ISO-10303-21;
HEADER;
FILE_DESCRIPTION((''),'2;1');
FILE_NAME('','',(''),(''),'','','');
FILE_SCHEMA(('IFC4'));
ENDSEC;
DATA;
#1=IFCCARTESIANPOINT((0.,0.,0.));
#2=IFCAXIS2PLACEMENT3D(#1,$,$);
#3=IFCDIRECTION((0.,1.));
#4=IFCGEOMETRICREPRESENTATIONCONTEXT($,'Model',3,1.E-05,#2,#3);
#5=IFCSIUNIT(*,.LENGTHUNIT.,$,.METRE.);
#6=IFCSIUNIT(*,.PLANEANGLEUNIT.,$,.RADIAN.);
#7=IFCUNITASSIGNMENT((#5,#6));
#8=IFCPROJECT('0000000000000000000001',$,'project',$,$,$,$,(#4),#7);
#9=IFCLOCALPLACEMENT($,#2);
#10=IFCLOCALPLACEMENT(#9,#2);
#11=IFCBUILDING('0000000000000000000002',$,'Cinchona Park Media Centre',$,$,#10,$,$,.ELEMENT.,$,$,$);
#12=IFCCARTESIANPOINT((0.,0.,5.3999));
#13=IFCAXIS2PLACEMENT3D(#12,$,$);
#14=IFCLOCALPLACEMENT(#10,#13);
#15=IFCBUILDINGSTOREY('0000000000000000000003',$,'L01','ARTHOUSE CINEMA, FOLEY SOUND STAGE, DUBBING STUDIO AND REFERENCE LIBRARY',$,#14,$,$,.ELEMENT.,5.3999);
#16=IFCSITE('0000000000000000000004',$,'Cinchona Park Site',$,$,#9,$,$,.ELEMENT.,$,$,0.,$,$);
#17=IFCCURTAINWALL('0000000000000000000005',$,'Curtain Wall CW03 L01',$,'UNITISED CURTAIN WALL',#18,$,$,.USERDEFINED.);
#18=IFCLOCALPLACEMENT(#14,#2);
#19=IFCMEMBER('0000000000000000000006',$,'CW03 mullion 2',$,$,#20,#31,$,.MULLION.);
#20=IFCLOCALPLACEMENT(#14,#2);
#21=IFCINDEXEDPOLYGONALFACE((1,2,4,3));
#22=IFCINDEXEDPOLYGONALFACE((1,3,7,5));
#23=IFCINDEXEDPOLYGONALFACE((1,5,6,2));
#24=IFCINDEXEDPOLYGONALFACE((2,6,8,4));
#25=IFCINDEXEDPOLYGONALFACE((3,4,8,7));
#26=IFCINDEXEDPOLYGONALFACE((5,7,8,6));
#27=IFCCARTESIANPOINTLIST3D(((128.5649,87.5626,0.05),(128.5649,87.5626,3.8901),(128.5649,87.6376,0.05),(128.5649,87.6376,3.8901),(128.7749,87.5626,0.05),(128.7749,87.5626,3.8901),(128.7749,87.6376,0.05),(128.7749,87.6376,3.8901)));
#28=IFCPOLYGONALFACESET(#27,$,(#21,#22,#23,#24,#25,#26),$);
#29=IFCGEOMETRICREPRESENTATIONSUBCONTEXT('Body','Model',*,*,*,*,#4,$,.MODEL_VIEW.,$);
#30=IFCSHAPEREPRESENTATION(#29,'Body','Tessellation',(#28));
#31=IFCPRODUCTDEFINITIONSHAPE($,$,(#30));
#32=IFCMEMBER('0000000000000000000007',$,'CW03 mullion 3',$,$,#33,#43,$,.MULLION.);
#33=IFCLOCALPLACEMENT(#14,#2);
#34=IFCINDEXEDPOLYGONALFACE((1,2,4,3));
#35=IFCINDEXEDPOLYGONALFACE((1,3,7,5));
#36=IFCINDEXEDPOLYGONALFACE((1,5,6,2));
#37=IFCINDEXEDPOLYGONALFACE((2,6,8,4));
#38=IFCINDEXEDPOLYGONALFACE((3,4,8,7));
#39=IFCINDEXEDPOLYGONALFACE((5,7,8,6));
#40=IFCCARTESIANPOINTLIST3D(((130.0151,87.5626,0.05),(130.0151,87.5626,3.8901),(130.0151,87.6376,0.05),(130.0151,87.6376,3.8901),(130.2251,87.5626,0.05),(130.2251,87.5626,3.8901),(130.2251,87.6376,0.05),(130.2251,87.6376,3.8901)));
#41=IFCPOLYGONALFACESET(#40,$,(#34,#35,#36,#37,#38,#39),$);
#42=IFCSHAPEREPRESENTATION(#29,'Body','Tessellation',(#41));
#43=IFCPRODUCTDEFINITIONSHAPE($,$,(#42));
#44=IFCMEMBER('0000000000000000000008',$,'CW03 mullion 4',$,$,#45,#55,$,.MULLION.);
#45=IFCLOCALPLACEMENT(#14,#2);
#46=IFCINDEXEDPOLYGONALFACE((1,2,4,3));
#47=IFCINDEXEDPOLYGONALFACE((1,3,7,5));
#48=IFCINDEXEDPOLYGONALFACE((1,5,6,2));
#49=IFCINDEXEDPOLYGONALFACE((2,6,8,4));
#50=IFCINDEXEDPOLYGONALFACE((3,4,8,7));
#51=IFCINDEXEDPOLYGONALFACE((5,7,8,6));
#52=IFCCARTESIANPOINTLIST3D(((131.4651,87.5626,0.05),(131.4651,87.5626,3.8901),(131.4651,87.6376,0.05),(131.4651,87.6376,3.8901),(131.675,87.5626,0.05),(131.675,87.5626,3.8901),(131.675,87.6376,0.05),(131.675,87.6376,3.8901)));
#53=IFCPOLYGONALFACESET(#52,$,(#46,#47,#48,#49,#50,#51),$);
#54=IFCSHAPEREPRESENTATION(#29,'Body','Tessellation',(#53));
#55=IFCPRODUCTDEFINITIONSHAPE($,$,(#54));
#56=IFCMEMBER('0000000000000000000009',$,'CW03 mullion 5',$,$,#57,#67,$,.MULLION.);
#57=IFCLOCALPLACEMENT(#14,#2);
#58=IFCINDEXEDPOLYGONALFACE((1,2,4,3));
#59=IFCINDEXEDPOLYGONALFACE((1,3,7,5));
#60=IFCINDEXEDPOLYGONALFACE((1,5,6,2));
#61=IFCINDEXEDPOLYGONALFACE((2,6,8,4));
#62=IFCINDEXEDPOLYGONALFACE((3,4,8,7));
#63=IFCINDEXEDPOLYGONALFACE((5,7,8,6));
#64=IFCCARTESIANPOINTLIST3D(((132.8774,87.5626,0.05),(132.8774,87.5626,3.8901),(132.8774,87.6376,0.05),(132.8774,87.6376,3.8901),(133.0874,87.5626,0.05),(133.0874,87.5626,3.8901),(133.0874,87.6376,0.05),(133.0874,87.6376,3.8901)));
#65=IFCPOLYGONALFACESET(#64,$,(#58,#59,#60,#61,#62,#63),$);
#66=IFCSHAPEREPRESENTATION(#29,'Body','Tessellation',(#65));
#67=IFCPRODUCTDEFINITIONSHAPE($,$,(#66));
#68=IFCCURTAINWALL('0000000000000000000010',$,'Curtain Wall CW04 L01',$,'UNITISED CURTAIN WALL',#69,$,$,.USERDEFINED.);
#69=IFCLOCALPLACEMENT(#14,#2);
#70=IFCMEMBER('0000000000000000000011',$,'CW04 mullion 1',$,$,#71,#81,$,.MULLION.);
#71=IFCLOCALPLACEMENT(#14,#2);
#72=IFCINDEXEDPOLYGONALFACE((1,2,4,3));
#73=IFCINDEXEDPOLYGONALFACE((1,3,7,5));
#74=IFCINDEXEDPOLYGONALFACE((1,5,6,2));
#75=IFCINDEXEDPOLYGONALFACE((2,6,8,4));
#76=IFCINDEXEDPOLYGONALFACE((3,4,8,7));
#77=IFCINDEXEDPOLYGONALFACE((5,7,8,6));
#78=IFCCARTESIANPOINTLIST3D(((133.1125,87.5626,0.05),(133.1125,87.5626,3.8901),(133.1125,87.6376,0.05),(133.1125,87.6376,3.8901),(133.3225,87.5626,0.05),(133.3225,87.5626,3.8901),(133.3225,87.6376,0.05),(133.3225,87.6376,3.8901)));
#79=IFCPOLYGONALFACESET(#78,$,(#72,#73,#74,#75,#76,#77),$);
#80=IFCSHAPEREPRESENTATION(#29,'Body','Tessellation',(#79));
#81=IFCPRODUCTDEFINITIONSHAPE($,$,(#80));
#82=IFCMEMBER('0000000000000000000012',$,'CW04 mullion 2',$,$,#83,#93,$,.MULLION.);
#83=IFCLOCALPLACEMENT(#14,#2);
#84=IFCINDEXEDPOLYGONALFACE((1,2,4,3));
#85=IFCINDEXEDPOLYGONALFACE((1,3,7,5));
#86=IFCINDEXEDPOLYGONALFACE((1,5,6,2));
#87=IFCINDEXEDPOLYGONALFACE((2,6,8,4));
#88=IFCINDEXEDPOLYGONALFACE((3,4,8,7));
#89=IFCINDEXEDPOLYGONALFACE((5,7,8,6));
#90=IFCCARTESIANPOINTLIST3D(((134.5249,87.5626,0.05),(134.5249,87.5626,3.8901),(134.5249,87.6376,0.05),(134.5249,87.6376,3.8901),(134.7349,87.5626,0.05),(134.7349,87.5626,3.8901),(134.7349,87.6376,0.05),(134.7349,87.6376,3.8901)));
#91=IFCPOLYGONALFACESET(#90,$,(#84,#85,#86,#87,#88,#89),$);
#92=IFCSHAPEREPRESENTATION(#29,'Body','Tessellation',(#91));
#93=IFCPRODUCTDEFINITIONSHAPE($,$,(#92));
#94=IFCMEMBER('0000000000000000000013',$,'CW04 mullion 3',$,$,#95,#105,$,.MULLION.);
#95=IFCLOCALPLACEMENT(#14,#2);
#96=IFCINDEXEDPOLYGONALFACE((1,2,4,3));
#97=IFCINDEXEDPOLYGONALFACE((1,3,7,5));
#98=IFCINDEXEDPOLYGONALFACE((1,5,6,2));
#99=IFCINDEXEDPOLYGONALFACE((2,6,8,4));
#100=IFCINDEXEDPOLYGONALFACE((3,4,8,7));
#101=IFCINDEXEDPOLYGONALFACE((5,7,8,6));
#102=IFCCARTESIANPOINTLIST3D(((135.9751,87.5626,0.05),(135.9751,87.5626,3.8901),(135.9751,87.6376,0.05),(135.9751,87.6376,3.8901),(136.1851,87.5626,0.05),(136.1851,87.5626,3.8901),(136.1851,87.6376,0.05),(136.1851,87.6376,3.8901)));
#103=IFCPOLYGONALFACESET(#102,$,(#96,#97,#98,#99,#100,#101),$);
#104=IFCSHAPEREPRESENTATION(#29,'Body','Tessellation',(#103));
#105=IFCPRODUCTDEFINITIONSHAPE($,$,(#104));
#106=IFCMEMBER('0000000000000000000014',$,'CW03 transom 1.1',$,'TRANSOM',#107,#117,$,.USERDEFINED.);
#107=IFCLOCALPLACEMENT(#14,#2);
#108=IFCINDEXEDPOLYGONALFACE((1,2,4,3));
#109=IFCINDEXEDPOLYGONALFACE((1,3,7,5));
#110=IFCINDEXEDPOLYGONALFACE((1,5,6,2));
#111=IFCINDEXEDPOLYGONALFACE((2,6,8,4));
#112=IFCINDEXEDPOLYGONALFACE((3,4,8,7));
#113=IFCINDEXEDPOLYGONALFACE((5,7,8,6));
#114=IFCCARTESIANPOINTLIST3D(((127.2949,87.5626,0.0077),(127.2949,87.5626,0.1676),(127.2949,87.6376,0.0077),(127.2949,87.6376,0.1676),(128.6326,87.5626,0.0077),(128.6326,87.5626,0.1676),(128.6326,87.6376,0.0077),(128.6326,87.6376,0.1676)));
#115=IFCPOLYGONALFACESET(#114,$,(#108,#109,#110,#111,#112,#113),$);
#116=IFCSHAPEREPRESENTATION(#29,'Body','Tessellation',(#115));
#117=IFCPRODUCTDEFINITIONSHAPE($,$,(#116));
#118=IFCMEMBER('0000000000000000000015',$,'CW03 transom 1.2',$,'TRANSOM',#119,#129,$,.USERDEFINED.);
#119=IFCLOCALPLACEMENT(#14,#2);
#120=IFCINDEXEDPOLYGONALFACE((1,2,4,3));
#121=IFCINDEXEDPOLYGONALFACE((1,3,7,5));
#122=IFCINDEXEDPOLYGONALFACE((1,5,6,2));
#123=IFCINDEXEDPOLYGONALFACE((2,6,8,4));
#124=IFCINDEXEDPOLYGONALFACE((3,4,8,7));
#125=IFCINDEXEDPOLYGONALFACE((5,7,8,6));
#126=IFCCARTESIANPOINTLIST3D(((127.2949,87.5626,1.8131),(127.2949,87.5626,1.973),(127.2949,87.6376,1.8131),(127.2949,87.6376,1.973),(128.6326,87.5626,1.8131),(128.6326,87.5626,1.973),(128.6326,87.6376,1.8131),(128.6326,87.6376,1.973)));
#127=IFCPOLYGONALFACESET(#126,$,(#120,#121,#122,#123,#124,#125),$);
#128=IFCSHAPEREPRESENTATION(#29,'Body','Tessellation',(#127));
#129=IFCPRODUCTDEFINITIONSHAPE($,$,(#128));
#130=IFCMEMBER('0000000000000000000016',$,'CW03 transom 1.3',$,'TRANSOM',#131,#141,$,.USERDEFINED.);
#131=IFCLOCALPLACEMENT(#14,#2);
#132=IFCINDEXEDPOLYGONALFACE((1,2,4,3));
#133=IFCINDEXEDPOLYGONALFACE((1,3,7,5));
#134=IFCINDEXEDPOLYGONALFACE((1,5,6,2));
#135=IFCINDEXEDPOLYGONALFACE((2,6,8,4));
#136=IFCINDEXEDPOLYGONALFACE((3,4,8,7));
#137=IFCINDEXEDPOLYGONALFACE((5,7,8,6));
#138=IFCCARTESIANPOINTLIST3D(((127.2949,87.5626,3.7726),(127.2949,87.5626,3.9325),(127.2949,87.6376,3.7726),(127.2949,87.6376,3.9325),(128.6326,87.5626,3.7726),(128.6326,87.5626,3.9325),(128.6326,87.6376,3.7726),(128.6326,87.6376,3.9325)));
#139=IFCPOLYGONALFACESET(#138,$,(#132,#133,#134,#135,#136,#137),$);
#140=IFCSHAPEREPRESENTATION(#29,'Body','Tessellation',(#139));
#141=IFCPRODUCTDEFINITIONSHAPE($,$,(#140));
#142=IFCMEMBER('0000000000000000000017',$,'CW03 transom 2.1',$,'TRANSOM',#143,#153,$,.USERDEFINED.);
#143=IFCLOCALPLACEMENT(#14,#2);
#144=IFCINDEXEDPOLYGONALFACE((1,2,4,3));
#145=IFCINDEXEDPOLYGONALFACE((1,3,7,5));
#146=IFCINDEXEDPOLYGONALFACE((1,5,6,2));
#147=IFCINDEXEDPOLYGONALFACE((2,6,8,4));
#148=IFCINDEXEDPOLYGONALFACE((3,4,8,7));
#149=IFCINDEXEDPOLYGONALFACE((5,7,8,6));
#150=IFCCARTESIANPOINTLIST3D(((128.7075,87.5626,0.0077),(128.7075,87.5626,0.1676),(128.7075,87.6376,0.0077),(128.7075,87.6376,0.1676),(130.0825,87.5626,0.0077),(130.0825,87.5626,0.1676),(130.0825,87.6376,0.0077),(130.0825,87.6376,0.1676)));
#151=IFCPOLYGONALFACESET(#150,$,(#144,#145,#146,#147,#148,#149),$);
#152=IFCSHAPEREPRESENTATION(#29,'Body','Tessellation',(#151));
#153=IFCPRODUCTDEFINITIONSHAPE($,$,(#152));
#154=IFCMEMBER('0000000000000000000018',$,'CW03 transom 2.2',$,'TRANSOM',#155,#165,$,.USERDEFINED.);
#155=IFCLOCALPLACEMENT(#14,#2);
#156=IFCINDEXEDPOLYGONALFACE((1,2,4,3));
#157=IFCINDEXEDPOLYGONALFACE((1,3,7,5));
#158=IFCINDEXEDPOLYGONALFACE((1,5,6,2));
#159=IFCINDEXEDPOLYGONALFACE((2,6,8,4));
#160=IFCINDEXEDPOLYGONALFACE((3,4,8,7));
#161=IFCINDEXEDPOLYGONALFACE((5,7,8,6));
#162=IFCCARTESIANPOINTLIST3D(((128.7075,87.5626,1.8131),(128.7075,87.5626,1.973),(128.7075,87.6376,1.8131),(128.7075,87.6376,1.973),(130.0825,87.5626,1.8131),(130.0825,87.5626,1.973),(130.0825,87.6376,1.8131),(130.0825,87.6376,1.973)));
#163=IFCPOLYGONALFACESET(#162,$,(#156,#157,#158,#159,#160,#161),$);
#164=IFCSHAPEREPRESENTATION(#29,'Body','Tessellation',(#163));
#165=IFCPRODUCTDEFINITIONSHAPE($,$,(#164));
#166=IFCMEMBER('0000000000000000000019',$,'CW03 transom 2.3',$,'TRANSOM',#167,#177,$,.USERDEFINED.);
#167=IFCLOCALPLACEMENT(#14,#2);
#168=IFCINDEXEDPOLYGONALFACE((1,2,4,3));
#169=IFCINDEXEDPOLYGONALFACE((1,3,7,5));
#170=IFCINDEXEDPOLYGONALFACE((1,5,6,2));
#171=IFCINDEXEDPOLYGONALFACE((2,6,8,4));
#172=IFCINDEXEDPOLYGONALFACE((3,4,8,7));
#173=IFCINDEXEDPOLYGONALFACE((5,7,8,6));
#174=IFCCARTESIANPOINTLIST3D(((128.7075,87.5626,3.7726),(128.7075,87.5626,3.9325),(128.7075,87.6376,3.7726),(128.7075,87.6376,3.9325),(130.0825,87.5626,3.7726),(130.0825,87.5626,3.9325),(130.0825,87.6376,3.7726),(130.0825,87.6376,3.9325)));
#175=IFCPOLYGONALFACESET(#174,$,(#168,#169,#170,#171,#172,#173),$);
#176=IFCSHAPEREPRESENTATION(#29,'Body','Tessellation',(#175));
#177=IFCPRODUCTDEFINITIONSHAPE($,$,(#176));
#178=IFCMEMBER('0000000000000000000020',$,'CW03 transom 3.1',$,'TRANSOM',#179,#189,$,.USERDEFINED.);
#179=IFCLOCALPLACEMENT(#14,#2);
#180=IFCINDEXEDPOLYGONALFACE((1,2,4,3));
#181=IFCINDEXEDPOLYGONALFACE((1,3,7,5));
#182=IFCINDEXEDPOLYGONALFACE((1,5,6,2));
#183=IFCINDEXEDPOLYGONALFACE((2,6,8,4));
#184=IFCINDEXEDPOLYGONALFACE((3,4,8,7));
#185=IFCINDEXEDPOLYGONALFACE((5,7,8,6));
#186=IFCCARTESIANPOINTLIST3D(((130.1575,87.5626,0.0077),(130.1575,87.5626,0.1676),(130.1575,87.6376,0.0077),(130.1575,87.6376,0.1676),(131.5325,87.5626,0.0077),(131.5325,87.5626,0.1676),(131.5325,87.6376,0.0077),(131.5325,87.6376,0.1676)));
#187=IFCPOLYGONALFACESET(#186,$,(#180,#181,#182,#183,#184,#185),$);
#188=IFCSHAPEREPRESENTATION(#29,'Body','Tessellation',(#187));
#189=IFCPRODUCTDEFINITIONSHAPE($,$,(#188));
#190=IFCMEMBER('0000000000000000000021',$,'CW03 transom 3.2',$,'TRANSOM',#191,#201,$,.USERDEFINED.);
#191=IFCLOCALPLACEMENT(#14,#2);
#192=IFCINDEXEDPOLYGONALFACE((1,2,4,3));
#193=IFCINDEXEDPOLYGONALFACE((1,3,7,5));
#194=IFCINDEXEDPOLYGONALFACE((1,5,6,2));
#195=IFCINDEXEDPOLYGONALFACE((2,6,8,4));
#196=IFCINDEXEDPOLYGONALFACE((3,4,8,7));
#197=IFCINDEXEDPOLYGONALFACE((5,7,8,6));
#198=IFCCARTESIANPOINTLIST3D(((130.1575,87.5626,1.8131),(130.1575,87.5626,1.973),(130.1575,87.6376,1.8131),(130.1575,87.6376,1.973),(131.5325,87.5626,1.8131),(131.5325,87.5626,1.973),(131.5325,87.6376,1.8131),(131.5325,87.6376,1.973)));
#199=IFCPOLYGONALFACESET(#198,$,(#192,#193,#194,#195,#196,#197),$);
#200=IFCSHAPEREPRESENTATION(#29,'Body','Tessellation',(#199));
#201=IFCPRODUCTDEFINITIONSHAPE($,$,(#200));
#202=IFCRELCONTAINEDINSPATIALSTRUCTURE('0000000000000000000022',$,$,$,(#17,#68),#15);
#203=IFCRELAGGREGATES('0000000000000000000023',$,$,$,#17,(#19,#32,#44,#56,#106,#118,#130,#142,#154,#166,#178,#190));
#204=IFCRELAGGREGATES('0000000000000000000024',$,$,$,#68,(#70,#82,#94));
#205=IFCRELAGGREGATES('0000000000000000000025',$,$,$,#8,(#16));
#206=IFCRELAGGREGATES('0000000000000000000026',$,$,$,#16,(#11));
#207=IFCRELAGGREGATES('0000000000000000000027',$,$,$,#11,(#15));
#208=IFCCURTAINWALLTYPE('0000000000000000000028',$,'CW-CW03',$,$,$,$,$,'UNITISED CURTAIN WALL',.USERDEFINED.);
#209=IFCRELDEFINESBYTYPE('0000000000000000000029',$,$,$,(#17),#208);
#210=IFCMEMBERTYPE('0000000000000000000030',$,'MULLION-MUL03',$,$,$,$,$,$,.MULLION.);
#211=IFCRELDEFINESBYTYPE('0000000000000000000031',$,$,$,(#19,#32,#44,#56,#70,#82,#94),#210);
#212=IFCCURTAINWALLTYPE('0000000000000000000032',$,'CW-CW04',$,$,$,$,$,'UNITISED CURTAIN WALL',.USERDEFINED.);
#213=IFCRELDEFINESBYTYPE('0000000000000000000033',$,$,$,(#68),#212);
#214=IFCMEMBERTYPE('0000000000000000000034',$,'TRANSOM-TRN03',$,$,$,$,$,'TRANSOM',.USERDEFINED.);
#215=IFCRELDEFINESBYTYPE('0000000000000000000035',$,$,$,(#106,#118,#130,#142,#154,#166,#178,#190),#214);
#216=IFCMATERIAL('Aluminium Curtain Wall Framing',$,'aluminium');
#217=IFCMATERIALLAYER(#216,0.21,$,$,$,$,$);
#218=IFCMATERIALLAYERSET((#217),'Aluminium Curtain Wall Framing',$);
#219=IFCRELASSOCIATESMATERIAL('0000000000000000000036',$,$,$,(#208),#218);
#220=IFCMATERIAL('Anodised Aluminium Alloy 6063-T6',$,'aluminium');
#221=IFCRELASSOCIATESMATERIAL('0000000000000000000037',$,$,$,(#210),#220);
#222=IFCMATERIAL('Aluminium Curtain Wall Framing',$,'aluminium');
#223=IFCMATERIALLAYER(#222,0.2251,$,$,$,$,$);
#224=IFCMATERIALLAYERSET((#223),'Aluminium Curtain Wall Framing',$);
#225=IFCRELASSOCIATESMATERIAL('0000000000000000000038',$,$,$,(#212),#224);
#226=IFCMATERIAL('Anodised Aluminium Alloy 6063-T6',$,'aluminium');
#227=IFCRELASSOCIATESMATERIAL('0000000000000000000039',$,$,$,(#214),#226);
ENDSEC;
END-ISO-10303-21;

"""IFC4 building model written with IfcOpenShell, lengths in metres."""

from ifc_helpers import new_model, si_unit, direction, frame, origin, origin_2d, place, context, subcontext, project, spatial, rectangle, extrude, material, layer, layer_set, material_profile, profile_set, type_object, element, aggregate, save


model = new_model("IFC4")

# Units and contexts
model_context = context("Model", 3, precision=1e-05, world=origin(), true_north=direction((0.0, 1.0)))
body_context = subcontext(model_context, "Body", "Model", "MODEL_VIEW")
ifc_project = project(units=[si_unit("LENGTHUNIT", "METRE"), si_unit("PLANEANGLEUNIT", "RADIAN")], contexts=[model_context])

# Site, building, storey
site_placement = place(None, origin())
site = spatial("IfcSite", under=ifc_project, at=site_placement, Name="Cinchona Park Site", CompositionType="ELEMENT", RefElevation=0.0)
building_placement = place(site_placement, origin())
building = spatial("IfcBuilding", under=site, at=building_placement, Name="Cinchona Park Media Centre", CompositionType="ELEMENT")
storey_placement = place(building_placement, frame((0.0, 0.0, 5.3999)))
storey = spatial("IfcBuildingStorey", under=building, at=storey_placement, Name="L01", Description="ARTHOUSE CINEMA, FOLEY SOUND STAGE, DUBBING STUDIO AND REFERENCE LIBRARY", CompositionType="ELEMENT", Elevation=5.3999)

# Curtain walls, members
ifc_material_1 = material(Name="Aluminium Curtain Wall Framing", Category="aluminium")
ifc_layer_1 = layer(ifc_material_1, 0.21)
ifc_layer_set_1 = layer_set([ifc_layer_1], Name="Aluminium Curtain Wall Framing")
curtain_wall_type_1 = type_object("IfcCurtainWallType", Name="CW-CW03", ElementType="UNITISED CURTAIN WALL", PredefinedType="USERDEFINED", material=ifc_layer_set_1)
curtain_wall_1_placement = place(storey_placement, origin())
curtain_wall_1 = element("IfcCurtainWall", 1, at=curtain_wall_1_placement, inside=storey, type_object=curtain_wall_type_1, Name="Curtain Wall CW03 L01", ObjectType="UNITISED CURTAIN WALL", PredefinedType="USERDEFINED")
ifc_material_2 = material(Name="Anodised Aluminium Alloy 6063-T6", Category="aluminium")
ifc_material_profile_1 = material_profile(ifc_material_2, rectangle(XDim=0.075, YDim=0.21, at=origin_2d()), Name="MUL-75X210")
ifc_profile_set_1 = profile_set([ifc_material_profile_1], Name="Anodised Aluminium Alloy 6063-T6")
member_type_1 = type_object("IfcMemberType", Name="MULLION-MUL03", PredefinedType="MULLION", material=ifc_profile_set_1)
member_1_placement = place(storey_placement, frame((128.6699, 87.6001, 0.05), z_axis=(0.0, 0.0, 1.0), x_axis=(0.0, 1.0, 0.0)))
member_1 = element("IfcMember", 2, at=member_1_placement, type_object=member_type_1, Name="CW03 mullion 2", PredefinedType="MULLION", context=body_context, shape_type="SweptSolid", body=[
    extrude(rectangle(XDim=0.075, YDim=0.21, at=origin_2d()), origin(), (0.0, 0.0, 1.0), 3.8401),
])
member_2_placement = place(storey_placement, frame((130.1201, 87.6001, 0.05), z_axis=(0.0, 0.0, 1.0), x_axis=(0.0, 1.0, 0.0)))
member_2 = element("IfcMember", 3, at=member_2_placement, type_object=member_type_1, Name="CW03 mullion 3", PredefinedType="MULLION", context=body_context, shape_type="SweptSolid", body=[
    extrude(rectangle(XDim=0.075, YDim=0.21, at=origin_2d()), origin(), (0.0, 0.0, 1.0), 3.8401),
])
member_3_placement = place(storey_placement, frame((131.5701, 87.6001, 0.05), z_axis=(0.0, 0.0, 1.0), x_axis=(0.0, 1.0, 0.0)))
member_3 = element("IfcMember", 4, at=member_3_placement, type_object=member_type_1, Name="CW03 mullion 4", PredefinedType="MULLION", context=body_context, shape_type="SweptSolid", body=[
    extrude(rectangle(XDim=0.075, YDim=0.21, at=origin_2d()), origin(), (0.0, 0.0, 1.0), 3.8401),
])
member_4_placement = place(storey_placement, frame((132.9824, 87.6001, 0.05), z_axis=(0.0, 0.0, 1.0), x_axis=(0.0, 1.0, 0.0)))
member_4 = element("IfcMember", 5, at=member_4_placement, type_object=member_type_1, Name="CW03 mullion 5", PredefinedType="MULLION", context=body_context, shape_type="SweptSolid", body=[
    extrude(rectangle(XDim=0.075, YDim=0.21, at=origin_2d()), origin(), (0.0, 0.0, 1.0), 3.8401),
])
ifc_material_3 = material(Name="Aluminium Curtain Wall Framing", Category="aluminium")
ifc_layer_2 = layer(ifc_material_3, 0.2251)
ifc_layer_set_2 = layer_set([ifc_layer_2], Name="Aluminium Curtain Wall Framing")
curtain_wall_type_2 = type_object("IfcCurtainWallType", Name="CW-CW04", ElementType="UNITISED CURTAIN WALL", PredefinedType="USERDEFINED", material=ifc_layer_set_2)
curtain_wall_2_placement = place(storey_placement, origin())
curtain_wall_2 = element("IfcCurtainWall", 6, at=curtain_wall_2_placement, inside=storey, type_object=curtain_wall_type_2, Name="Curtain Wall CW04 L01", ObjectType="UNITISED CURTAIN WALL", PredefinedType="USERDEFINED")
member_5_placement = place(storey_placement, frame((133.2175, 87.6001, 0.05), z_axis=(0.0, 0.0, 1.0), x_axis=(0.0, 1.0, 0.0)))
member_5 = element("IfcMember", 7, at=member_5_placement, type_object=member_type_1, Name="CW04 mullion 1", PredefinedType="MULLION", context=body_context, shape_type="SweptSolid", body=[
    extrude(rectangle(XDim=0.075, YDim=0.21, at=origin_2d()), origin(), (0.0, 0.0, 1.0), 3.8401),
])
member_6_placement = place(storey_placement, frame((134.6299, 87.6001, 0.05), z_axis=(0.0, 0.0, 1.0), x_axis=(0.0, 1.0, 0.0)))
member_6 = element("IfcMember", 8, at=member_6_placement, type_object=member_type_1, Name="CW04 mullion 2", PredefinedType="MULLION", context=body_context, shape_type="SweptSolid", body=[
    extrude(rectangle(XDim=0.075, YDim=0.21, at=origin_2d()), origin(), (0.0, 0.0, 1.0), 3.8401),
])
member_7_placement = place(storey_placement, frame((136.0801, 87.6001, 0.05), z_axis=(0.0, 0.0, 1.0), x_axis=(0.0, 1.0, 0.0)))
member_7 = element("IfcMember", 9, at=member_7_placement, type_object=member_type_1, Name="CW04 mullion 3", PredefinedType="MULLION", context=body_context, shape_type="SweptSolid", body=[
    extrude(rectangle(XDim=0.075, YDim=0.21, at=origin_2d()), origin(), (0.0, 0.0, 1.0), 3.8401),
])

# Members
ifc_material_4 = material(Name="Anodised Aluminium Alloy 6063-T6", Category="aluminium")
ifc_material_profile_2 = material_profile(ifc_material_4, rectangle(XDim=0.075, YDim=0.1599, at=origin_2d()), Name="TRN-75X160")
ifc_profile_set_2 = profile_set([ifc_material_profile_2], Name="Anodised Aluminium Alloy 6063-T6")
member_type_2 = type_object("IfcMemberType", Name="TRANSOM-TRN03", ElementType="TRANSOM", PredefinedType="USERDEFINED", material=ifc_profile_set_2)
member_8_placement = place(storey_placement, frame((127.2949, 87.6001, 0.0876), z_axis=(1.0, 0.0, 0.0), x_axis=(0.0, 1.0, 0.0)))
member_8 = element("IfcMember", 10, at=member_8_placement, type_object=member_type_2, Name="CW03 transom 1.1", ObjectType="TRANSOM", PredefinedType="USERDEFINED", context=body_context, shape_type="SweptSolid", body=[
    extrude(rectangle(XDim=0.075, YDim=0.1599, at=origin_2d()), origin(), (0.0, 0.0, 1.0), 1.3376),
])
member_9_placement = place(storey_placement, frame((127.2949, 87.6001, 1.8931), z_axis=(1.0, 0.0, 0.0), x_axis=(0.0, 1.0, 0.0)))
member_9 = element("IfcMember", 11, at=member_9_placement, type_object=member_type_2, Name="CW03 transom 1.2", ObjectType="TRANSOM", PredefinedType="USERDEFINED", context=body_context, shape_type="SweptSolid", body=[
    extrude(rectangle(XDim=0.075, YDim=0.1599, at=origin_2d()), origin(), (0.0, 0.0, 1.0), 1.3376),
])
member_10_placement = place(storey_placement, frame((127.2949, 87.6001, 3.8525), z_axis=(1.0, 0.0, 0.0), x_axis=(0.0, 1.0, 0.0)))
member_10 = element("IfcMember", 12, at=member_10_placement, type_object=member_type_2, Name="CW03 transom 1.3", ObjectType="TRANSOM", PredefinedType="USERDEFINED", context=body_context, shape_type="SweptSolid", body=[
    extrude(rectangle(XDim=0.075, YDim=0.1599, at=origin_2d()), origin(), (0.0, 0.0, 1.0), 1.3376),
])
member_11_placement = place(storey_placement, frame((128.7075, 87.6001, 0.0876), z_axis=(1.0, 0.0, 0.0), x_axis=(0.0, 1.0, 0.0)))
member_11 = element("IfcMember", 13, at=member_11_placement, type_object=member_type_2, Name="CW03 transom 2.1", ObjectType="TRANSOM", PredefinedType="USERDEFINED", context=body_context, shape_type="SweptSolid", body=[
    extrude(rectangle(XDim=0.075, YDim=0.1599, at=origin_2d()), origin(), (0.0, 0.0, 1.0), 1.375),
])
member_12_placement = place(storey_placement, frame((128.7075, 87.6001, 1.8931), z_axis=(1.0, 0.0, 0.0), x_axis=(0.0, 1.0, 0.0)))
member_12 = element("IfcMember", 14, at=member_12_placement, type_object=member_type_2, Name="CW03 transom 2.2", ObjectType="TRANSOM", PredefinedType="USERDEFINED", context=body_context, shape_type="SweptSolid", body=[
    extrude(rectangle(XDim=0.075, YDim=0.1599, at=origin_2d()), origin(), (0.0, 0.0, 1.0), 1.375),
])
member_13_placement = place(storey_placement, frame((128.7075, 87.6001, 3.8525), z_axis=(1.0, 0.0, 0.0), x_axis=(0.0, 1.0, 0.0)))
member_13 = element("IfcMember", 15, at=member_13_placement, type_object=member_type_2, Name="CW03 transom 2.3", ObjectType="TRANSOM", PredefinedType="USERDEFINED", context=body_context, shape_type="SweptSolid", body=[
    extrude(rectangle(XDim=0.075, YDim=0.1599, at=origin_2d()), origin(), (0.0, 0.0, 1.0), 1.375),
])
member_14_placement = place(storey_placement, frame((130.1575, 87.6001, 0.0876), z_axis=(1.0, 0.0, 0.0), x_axis=(0.0, 1.0, 0.0)))
member_14 = element("IfcMember", 16, at=member_14_placement, type_object=member_type_2, Name="CW03 transom 3.1", ObjectType="TRANSOM", PredefinedType="USERDEFINED", context=body_context, shape_type="SweptSolid", body=[
    extrude(rectangle(XDim=0.075, YDim=0.1599, at=origin_2d()), origin(), (0.0, 0.0, 1.0), 1.375),
])
member_15_placement = place(storey_placement, frame((130.1575, 87.6001, 1.8931), z_axis=(1.0, 0.0, 0.0), x_axis=(0.0, 1.0, 0.0)))
member_15 = element("IfcMember", 17, at=member_15_placement, type_object=member_type_2, Name="CW03 transom 3.2", ObjectType="TRANSOM", PredefinedType="USERDEFINED", context=body_context, shape_type="SweptSolid", body=[
    extrude(rectangle(XDim=0.075, YDim=0.1599, at=origin_2d()), origin(), (0.0, 0.0, 1.0), 1.375),
])

aggregate(curtain_wall_1, [member_1, member_2, member_3, member_4, member_8, member_9, member_10, member_11, member_12, member_13, member_14, member_15])
aggregate(curtain_wall_2, [member_5, member_6, member_7])

save(model, "model.ifc")
